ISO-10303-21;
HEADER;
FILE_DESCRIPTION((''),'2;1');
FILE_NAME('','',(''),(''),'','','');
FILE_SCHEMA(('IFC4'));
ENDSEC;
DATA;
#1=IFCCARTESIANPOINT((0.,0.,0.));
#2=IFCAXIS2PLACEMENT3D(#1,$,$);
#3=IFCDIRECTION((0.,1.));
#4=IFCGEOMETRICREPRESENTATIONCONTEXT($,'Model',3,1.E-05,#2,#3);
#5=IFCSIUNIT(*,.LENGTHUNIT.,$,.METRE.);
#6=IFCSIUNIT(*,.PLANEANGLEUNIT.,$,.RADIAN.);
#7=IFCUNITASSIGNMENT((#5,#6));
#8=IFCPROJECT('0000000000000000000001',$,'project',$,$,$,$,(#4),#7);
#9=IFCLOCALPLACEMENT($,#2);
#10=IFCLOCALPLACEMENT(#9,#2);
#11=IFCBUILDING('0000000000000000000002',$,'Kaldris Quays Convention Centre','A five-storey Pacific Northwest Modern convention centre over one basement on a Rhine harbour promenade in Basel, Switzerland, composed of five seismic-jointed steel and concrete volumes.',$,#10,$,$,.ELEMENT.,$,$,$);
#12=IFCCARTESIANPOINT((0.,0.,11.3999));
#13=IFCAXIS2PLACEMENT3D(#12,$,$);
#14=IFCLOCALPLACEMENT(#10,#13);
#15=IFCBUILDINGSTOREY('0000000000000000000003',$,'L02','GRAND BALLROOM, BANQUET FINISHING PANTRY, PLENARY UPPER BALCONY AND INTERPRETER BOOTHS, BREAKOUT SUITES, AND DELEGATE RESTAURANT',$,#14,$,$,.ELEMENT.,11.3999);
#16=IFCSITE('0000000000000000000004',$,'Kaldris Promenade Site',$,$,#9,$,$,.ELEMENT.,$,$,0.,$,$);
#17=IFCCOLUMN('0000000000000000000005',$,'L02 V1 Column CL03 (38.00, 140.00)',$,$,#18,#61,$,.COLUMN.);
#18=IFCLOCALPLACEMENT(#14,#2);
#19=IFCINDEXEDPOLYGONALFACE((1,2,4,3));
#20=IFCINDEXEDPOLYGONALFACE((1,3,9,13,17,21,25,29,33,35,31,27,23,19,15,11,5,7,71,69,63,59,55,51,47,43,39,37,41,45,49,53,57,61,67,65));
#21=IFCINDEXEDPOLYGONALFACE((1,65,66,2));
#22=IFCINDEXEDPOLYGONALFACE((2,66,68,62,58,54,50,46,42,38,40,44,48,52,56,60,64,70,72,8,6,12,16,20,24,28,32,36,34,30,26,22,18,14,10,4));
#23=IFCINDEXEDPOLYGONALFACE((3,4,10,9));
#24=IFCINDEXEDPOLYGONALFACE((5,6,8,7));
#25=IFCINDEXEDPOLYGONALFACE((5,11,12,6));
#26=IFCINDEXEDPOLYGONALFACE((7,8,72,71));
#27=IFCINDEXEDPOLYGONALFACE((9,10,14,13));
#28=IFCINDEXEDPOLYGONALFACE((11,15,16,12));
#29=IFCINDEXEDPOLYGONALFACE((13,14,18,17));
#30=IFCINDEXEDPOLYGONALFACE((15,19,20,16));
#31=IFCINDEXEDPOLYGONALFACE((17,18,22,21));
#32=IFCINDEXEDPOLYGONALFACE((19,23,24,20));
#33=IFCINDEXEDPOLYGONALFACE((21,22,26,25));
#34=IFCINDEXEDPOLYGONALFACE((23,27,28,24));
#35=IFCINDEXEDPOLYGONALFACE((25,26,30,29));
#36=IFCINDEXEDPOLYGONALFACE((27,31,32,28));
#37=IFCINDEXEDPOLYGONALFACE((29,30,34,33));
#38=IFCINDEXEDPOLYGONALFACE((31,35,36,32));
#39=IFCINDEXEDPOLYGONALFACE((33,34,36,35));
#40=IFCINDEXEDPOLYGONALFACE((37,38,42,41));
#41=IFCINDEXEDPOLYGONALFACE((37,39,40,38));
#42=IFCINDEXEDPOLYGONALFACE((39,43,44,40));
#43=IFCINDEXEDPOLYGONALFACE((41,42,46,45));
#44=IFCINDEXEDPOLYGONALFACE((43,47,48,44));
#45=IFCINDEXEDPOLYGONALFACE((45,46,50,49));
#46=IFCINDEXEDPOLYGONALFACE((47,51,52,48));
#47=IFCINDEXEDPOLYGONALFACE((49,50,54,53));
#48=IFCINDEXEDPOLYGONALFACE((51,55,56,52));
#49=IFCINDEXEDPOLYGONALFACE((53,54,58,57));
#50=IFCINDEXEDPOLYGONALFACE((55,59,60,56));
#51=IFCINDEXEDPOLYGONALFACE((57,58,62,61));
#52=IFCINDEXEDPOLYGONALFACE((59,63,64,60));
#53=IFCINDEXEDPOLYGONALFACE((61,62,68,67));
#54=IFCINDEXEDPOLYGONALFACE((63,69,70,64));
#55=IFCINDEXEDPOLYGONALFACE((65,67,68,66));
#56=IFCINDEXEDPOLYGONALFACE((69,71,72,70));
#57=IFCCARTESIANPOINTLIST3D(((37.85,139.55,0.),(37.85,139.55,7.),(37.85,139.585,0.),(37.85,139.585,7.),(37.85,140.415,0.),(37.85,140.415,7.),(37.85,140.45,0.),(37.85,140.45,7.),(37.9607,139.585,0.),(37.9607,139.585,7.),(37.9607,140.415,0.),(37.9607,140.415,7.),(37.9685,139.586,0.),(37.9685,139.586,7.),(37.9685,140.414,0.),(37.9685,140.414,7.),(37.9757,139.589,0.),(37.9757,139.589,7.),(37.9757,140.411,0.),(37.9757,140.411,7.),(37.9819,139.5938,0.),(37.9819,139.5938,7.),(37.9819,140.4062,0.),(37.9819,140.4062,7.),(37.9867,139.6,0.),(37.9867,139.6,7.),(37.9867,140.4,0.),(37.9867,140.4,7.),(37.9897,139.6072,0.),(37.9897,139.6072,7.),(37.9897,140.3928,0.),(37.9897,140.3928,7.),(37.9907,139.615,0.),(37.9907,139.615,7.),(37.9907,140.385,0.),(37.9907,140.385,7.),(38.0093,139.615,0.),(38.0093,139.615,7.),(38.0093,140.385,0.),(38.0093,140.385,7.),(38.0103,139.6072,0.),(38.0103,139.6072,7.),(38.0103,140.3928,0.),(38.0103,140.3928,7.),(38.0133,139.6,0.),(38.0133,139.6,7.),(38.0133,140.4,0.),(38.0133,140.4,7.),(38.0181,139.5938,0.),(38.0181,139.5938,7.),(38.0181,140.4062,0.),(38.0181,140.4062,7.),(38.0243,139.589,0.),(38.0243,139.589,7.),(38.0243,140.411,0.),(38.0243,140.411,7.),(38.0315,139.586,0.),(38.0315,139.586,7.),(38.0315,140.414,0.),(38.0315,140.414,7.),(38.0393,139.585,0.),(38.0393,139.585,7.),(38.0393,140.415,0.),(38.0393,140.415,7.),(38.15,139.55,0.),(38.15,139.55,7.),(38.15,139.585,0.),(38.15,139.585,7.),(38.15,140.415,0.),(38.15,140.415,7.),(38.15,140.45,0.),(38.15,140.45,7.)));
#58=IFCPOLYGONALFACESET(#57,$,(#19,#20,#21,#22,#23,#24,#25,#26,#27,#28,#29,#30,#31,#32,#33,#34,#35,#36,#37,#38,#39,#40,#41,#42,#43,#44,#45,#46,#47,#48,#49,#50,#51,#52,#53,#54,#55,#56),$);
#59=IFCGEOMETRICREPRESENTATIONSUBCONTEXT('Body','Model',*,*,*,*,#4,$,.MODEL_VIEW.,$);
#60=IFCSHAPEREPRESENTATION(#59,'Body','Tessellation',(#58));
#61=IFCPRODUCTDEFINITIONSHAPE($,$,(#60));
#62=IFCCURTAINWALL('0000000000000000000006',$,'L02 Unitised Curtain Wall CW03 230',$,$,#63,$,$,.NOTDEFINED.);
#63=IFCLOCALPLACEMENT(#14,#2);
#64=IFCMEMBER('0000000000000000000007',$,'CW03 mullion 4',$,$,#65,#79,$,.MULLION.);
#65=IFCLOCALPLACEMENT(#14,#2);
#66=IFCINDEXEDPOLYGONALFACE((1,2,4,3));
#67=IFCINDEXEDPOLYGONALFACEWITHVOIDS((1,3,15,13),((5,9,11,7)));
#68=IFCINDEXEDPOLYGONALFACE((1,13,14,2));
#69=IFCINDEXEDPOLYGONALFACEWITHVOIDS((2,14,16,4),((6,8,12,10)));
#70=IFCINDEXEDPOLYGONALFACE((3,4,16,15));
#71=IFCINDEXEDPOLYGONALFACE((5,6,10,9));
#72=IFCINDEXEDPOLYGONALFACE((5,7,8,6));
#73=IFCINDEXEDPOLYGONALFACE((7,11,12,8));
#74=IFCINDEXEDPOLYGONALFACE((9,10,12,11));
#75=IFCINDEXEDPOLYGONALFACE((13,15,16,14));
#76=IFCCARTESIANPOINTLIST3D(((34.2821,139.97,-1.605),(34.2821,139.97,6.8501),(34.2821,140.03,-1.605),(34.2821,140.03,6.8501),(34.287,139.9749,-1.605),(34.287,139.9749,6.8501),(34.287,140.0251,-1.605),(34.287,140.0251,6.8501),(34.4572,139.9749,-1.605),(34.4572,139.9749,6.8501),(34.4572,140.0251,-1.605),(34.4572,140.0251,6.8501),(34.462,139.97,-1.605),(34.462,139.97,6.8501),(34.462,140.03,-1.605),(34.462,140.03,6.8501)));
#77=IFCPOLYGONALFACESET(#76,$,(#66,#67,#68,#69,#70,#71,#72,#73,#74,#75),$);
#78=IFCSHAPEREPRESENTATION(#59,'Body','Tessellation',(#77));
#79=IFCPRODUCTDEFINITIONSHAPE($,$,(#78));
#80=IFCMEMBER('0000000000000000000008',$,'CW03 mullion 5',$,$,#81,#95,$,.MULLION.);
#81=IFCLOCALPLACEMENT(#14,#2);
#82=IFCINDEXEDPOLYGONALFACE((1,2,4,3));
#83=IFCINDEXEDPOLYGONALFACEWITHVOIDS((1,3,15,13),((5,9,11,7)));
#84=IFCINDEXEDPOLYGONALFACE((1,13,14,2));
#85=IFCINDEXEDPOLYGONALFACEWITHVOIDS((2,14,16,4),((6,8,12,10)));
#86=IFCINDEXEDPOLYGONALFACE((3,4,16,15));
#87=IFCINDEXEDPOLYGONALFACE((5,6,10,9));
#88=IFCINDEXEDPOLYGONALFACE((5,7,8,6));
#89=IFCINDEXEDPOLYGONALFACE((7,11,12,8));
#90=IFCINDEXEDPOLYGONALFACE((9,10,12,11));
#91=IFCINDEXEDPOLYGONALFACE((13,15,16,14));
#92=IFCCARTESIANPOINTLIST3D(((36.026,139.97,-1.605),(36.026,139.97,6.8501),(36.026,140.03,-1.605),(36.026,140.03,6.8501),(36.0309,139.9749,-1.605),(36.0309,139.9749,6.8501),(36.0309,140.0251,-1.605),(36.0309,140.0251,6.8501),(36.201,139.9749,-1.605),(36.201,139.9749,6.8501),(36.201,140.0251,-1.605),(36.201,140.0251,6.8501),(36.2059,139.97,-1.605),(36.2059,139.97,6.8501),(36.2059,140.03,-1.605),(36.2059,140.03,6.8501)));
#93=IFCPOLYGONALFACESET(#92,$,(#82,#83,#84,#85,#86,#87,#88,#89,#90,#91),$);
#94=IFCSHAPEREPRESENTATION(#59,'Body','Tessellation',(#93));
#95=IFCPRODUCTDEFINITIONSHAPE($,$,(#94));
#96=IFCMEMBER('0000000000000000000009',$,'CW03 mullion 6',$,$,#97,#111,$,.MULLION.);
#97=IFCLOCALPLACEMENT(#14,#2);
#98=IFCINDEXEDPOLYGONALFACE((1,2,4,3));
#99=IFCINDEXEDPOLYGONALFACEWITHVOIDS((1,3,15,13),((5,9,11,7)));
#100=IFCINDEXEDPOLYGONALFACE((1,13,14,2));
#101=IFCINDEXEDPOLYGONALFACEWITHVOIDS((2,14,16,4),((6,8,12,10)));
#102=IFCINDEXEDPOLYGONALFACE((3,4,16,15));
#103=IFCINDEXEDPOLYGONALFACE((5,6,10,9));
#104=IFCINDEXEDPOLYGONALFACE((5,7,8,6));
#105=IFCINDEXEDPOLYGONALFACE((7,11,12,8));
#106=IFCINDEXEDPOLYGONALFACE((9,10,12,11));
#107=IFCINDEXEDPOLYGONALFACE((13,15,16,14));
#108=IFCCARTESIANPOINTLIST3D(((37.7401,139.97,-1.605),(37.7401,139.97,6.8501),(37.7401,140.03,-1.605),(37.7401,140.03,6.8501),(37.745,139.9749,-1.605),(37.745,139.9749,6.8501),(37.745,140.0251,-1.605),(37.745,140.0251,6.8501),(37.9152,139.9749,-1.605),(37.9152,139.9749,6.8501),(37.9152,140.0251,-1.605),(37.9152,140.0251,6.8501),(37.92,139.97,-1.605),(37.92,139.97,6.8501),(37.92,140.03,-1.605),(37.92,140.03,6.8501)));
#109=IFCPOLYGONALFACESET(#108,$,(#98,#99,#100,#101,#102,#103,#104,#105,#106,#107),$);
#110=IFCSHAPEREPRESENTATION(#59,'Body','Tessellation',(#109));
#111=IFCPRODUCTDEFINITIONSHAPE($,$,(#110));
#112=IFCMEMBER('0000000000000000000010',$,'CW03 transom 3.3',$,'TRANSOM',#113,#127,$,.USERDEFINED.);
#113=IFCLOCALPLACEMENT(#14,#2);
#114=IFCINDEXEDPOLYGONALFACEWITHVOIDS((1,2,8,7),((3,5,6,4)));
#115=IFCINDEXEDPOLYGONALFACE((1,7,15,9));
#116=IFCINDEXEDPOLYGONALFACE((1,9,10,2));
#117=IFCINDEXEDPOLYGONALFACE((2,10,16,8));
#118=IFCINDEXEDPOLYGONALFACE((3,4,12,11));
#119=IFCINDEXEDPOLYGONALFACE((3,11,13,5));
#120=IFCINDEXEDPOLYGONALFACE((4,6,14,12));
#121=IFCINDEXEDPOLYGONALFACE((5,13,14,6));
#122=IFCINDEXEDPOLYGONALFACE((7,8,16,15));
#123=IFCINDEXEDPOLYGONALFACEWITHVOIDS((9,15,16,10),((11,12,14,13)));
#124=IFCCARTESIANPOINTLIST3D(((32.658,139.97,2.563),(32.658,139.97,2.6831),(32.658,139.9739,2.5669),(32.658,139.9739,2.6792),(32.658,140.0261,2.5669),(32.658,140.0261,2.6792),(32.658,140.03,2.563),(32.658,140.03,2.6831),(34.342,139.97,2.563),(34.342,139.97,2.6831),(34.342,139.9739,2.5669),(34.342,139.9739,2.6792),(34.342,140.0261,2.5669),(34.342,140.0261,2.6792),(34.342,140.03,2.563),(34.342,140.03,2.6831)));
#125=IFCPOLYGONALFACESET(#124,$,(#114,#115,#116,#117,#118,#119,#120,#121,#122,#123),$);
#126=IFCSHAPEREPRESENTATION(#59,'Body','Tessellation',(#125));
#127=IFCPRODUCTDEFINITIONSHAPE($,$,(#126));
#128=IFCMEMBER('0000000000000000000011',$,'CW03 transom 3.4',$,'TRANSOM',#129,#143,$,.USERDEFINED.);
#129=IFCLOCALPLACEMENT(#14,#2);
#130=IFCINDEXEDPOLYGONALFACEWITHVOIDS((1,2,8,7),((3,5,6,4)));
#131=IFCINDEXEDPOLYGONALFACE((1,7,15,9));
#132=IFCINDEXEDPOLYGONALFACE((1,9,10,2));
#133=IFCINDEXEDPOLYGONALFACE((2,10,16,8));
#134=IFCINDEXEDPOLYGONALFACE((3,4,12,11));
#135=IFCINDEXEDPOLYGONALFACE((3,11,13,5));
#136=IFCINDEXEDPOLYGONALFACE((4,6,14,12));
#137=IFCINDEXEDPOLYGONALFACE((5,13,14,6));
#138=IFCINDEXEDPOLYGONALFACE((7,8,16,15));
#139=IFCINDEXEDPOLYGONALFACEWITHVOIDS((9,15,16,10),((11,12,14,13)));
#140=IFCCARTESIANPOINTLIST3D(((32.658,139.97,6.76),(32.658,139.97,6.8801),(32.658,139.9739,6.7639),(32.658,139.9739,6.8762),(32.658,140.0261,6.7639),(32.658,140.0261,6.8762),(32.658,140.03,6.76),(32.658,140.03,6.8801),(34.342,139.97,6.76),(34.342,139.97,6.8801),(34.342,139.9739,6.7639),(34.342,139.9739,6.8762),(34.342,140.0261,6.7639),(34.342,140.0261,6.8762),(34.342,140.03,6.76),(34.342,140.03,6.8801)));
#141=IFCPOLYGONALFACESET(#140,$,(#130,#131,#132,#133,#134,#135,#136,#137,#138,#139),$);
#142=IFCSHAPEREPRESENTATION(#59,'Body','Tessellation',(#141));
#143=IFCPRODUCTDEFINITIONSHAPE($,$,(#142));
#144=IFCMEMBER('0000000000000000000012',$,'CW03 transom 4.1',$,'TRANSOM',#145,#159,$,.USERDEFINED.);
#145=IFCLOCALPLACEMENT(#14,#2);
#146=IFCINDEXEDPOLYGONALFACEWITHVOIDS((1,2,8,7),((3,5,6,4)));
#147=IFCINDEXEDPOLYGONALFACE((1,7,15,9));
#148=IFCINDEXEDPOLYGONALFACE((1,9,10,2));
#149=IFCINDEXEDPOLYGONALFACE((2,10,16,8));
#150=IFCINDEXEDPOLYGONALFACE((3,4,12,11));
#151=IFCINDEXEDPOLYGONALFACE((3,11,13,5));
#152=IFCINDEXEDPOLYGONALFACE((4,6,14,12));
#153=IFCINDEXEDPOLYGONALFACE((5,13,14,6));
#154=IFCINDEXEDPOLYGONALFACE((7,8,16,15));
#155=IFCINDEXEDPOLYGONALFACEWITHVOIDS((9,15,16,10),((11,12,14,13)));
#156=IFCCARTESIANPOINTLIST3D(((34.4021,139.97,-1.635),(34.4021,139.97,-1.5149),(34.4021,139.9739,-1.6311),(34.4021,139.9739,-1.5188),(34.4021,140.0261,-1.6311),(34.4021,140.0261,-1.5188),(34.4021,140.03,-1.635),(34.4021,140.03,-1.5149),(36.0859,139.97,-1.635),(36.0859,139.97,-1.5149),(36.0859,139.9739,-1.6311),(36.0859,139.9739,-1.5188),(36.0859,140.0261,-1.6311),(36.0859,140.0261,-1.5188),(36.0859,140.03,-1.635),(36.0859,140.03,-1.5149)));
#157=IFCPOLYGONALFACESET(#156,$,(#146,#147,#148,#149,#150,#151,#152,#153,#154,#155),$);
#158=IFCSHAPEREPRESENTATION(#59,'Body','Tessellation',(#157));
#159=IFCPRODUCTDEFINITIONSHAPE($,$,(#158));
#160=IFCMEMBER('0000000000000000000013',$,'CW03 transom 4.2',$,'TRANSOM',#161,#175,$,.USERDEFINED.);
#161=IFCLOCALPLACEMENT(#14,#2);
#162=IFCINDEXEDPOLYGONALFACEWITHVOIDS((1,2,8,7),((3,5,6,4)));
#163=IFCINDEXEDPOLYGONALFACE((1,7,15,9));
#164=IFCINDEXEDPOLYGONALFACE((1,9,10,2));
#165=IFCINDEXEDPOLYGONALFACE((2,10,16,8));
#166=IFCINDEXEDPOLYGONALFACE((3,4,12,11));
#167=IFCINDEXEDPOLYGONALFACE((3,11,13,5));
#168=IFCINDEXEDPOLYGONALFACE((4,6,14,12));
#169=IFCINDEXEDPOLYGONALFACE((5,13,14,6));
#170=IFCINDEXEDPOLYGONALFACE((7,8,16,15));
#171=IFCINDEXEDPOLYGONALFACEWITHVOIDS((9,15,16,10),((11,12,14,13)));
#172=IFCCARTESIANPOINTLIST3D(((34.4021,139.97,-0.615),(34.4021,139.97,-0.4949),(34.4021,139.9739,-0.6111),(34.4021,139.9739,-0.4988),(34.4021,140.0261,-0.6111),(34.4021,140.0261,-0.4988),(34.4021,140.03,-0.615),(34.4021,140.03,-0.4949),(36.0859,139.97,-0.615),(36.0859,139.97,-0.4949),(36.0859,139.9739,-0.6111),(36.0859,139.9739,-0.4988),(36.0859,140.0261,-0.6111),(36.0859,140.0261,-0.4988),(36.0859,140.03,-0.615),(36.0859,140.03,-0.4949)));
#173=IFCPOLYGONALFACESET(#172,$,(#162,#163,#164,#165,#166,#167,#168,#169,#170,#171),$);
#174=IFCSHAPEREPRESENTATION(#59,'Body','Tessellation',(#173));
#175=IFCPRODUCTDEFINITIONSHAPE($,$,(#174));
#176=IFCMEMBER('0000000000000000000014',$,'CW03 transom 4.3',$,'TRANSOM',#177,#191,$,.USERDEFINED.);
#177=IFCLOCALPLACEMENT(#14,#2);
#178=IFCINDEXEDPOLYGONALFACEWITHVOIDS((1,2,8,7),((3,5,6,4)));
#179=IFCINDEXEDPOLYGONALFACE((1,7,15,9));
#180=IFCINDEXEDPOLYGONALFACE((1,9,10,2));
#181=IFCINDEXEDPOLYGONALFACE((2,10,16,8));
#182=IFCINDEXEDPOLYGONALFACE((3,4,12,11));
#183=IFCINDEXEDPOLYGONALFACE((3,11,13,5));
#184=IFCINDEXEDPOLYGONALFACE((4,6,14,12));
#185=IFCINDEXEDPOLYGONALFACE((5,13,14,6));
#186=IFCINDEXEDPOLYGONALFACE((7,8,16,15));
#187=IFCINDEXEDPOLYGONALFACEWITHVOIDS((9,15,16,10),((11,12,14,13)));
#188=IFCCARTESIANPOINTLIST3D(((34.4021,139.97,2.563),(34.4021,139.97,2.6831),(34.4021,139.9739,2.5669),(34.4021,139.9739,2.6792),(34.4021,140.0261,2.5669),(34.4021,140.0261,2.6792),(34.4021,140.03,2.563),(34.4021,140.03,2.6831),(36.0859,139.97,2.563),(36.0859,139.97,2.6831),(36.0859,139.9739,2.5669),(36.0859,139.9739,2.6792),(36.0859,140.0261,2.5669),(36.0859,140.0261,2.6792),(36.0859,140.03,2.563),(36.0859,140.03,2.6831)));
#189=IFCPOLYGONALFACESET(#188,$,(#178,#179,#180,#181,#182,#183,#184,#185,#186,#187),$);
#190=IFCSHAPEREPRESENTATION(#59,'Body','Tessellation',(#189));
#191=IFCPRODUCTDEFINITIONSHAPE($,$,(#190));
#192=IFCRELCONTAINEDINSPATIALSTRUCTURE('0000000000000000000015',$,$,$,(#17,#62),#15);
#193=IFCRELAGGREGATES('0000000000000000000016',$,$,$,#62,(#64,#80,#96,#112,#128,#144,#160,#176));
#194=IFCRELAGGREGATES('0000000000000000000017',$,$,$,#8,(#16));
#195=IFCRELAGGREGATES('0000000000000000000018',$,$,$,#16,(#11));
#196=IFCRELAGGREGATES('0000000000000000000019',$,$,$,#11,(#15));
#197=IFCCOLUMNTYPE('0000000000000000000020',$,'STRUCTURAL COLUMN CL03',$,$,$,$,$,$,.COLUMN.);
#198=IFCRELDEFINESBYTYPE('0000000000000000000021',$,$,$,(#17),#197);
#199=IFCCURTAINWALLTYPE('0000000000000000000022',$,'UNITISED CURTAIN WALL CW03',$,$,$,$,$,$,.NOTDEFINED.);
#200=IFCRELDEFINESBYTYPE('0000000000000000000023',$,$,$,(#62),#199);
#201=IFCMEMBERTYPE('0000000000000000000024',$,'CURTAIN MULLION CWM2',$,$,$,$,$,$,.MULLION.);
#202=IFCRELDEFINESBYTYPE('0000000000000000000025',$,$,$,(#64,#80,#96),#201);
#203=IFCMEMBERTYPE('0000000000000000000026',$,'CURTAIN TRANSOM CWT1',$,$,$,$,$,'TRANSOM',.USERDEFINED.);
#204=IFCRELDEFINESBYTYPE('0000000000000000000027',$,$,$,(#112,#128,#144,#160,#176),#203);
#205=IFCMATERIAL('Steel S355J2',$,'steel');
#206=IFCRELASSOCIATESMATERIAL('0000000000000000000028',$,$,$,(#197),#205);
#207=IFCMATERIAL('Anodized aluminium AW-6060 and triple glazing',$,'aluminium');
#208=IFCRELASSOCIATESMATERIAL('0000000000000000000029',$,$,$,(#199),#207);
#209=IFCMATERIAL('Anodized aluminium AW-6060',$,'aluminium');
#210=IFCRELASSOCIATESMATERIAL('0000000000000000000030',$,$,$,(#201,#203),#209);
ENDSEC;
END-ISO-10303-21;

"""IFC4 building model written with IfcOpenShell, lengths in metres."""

from ifc_helpers import new_model, si_unit, direction, frame, origin, origin_2d, place, context, subcontext, project, spatial, hollow_rectangle, i_section, extrude, material, material_profile, profile_set, type_object, element, aggregate, save


model = new_model("IFC4")

# Units and contexts
model_context = context("Model", 3, precision=1e-05, world=origin(), true_north=direction((0.0, 1.0)))
body_context = subcontext(model_context, "Body", "Model", "MODEL_VIEW")
ifc_project = project(units=[si_unit("LENGTHUNIT", "METRE"), si_unit("PLANEANGLEUNIT", "RADIAN")], contexts=[model_context])

# Site, building, storey
site_placement = place(None, origin())
site = spatial("IfcSite", under=ifc_project, at=site_placement, Name="Kaldris Promenade Site", CompositionType="ELEMENT", RefElevation=0.0)
building_placement = place(site_placement, origin())
building = spatial("IfcBuilding", under=site, at=building_placement, Name="Kaldris Quays Convention Centre", Description="A five-storey Pacific Northwest Modern convention centre over one basement on a Rhine harbour promenade in Basel, Switzerland, composed of five seismic-jointed steel and concrete volumes.", CompositionType="ELEMENT")
storey_placement = place(building_placement, frame((0.0, 0.0, 11.3999)))
storey = spatial("IfcBuildingStorey", under=building, at=storey_placement, Name="L02", Description="GRAND BALLROOM, BANQUET FINISHING PANTRY, PLENARY UPPER BALCONY AND INTERPRETER BOOTHS, BREAKOUT SUITES, AND DELEGATE RESTAURANT", CompositionType="ELEMENT", Elevation=11.3999)

# Column
ifc_material_1 = material(Name="Steel S355J2", Category="steel")
ifc_material_profile_1 = material_profile(ifc_material_1, i_section(OverallWidth=0.3, OverallDepth=0.8999, WebThickness=0.0186, FlangeThickness=0.0349, FilletRadius=0.03, at=origin_2d()), Name="HEB 900")
ifc_profile_set_1 = profile_set([ifc_material_profile_1], Name="Steel S355J2")
column_type = type_object("IfcColumnType", Name="STRUCTURAL COLUMN CL03", PredefinedType="COLUMN", material=ifc_profile_set_1)
column_placement = place(storey_placement, frame((38.0, 140.0, 0.0), z_axis=(0.0, 0.0, 1.0), x_axis=(1.0, 0.0, 0.0)))
element("IfcColumn", 1, at=column_placement, inside=storey, type_object=column_type, Name="L02 V1 Column CL03 (38.00, 140.00)", PredefinedType="COLUMN", context=body_context, shape_type="SweptSolid", body=[
    extrude(i_section(OverallWidth=0.3, OverallDepth=0.8999, WebThickness=0.0186, FlangeThickness=0.0349, FilletRadius=0.03, at=origin_2d()), origin(), (0.0, 0.0, 1.0), 7.0),
])

# Curtain wall, members
ifc_material_2 = material(Name="Anodized aluminium AW-6060 and triple glazing", Category="aluminium")
curtain_wall_type = type_object("IfcCurtainWallType", Name="UNITISED CURTAIN WALL CW03", PredefinedType="NOTDEFINED", material=ifc_material_2)
curtain_wall_placement = place(storey_placement, origin())
curtain_wall = element("IfcCurtainWall", 2, at=curtain_wall_placement, inside=storey, type_object=curtain_wall_type, Name="L02 Unitised Curtain Wall CW03 230", PredefinedType="NOTDEFINED")
ifc_material_3 = material(Name="Anodized aluminium AW-6060", Category="aluminium")
ifc_material_profile_2 = material_profile(ifc_material_3, hollow_rectangle(XDim=0.0601, YDim=0.1799, WallThickness=0.0049, at=origin_2d()), Name="RHS 180x60x5")
ifc_profile_set_2 = profile_set([ifc_material_profile_2], Name="Anodized aluminium AW-6060")
member_type_1 = type_object("IfcMemberType", Name="CURTAIN MULLION CWM2", PredefinedType="MULLION", material=ifc_profile_set_2)
member_1_placement = place(storey_placement, frame((34.3721, 140.0, -1.605), z_axis=(0.0, 0.0, 1.0), x_axis=(0.0, 1.0, 0.0)))
member_1 = element("IfcMember", 3, at=member_1_placement, type_object=member_type_1, Name="CW03 mullion 4", PredefinedType="MULLION", context=body_context, shape_type="SweptSolid", body=[
    extrude(hollow_rectangle(XDim=0.0601, YDim=0.1799, WallThickness=0.0049, at=origin_2d()), origin(), (0.0, 0.0, 1.0), 8.4551),
])
member_2_placement = place(storey_placement, frame((36.116, 140.0, -1.605), z_axis=(0.0, 0.0, 1.0), x_axis=(0.0, 1.0, 0.0)))
member_2 = element("IfcMember", 4, at=member_2_placement, type_object=member_type_1, Name="CW03 mullion 5", PredefinedType="MULLION", context=body_context, shape_type="SweptSolid", body=[
    extrude(hollow_rectangle(XDim=0.0601, YDim=0.1799, WallThickness=0.0049, at=origin_2d()), origin(), (0.0, 0.0, 1.0), 8.4551),
])
member_3_placement = place(storey_placement, frame((37.8301, 140.0, -1.605), z_axis=(0.0, 0.0, 1.0), x_axis=(0.0, 1.0, 0.0)))
member_3 = element("IfcMember", 5, at=member_3_placement, type_object=member_type_1, Name="CW03 mullion 6", PredefinedType="MULLION", context=body_context, shape_type="SweptSolid", body=[
    extrude(hollow_rectangle(XDim=0.0601, YDim=0.1799, WallThickness=0.0049, at=origin_2d()), origin(), (0.0, 0.0, 1.0), 8.4551),
])
ifc_material_profile_3 = material_profile(ifc_material_3, hollow_rectangle(XDim=0.0601, YDim=0.1201, WallThickness=0.0039, at=origin_2d()), Name="RHS 120x60x4")
ifc_profile_set_3 = profile_set([ifc_material_profile_3], Name="Anodized aluminium AW-6060")
member_type_2 = type_object("IfcMemberType", Name="CURTAIN TRANSOM CWT1", ElementType="TRANSOM", PredefinedType="USERDEFINED", material=ifc_profile_set_3)
member_4_placement = place(storey_placement, frame((32.658, 140.0, 2.623), z_axis=(1.0, 0.0, 0.0), x_axis=(0.0, 1.0, 0.0)))
member_4 = element("IfcMember", 6, at=member_4_placement, type_object=member_type_2, Name="CW03 transom 3.3", ObjectType="TRANSOM", PredefinedType="USERDEFINED", context=body_context, shape_type="SweptSolid", body=[
    extrude(hollow_rectangle(XDim=0.0601, YDim=0.1201, WallThickness=0.0039, at=origin_2d()), origin(), (0.0, 0.0, 1.0), 1.6841),
])
member_5_placement = place(storey_placement, frame((32.658, 140.0, 6.8201), z_axis=(1.0, 0.0, 0.0), x_axis=(0.0, 1.0, 0.0)))
member_5 = element("IfcMember", 7, at=member_5_placement, type_object=member_type_2, Name="CW03 transom 3.4", ObjectType="TRANSOM", PredefinedType="USERDEFINED", context=body_context, shape_type="SweptSolid", body=[
    extrude(hollow_rectangle(XDim=0.0601, YDim=0.1201, WallThickness=0.0039, at=origin_2d()), origin(), (0.0, 0.0, 1.0), 1.6841),
])
member_6_placement = place(storey_placement, frame((34.4021, 140.0, -1.575), z_axis=(1.0, 0.0, 0.0), x_axis=(0.0, 1.0, 0.0)))
member_6 = element("IfcMember", 8, at=member_6_placement, type_object=member_type_2, Name="CW03 transom 4.1", ObjectType="TRANSOM", PredefinedType="USERDEFINED", context=body_context, shape_type="SweptSolid", body=[
    extrude(hollow_rectangle(XDim=0.0601, YDim=0.1201, WallThickness=0.0039, at=origin_2d()), origin(), (0.0, 0.0, 1.0), 1.6838),
])
member_7_placement = place(storey_placement, frame((34.4021, 140.0, -0.5549), z_axis=(1.0, 0.0, 0.0), x_axis=(0.0, 1.0, 0.0)))
member_7 = element("IfcMember", 9, at=member_7_placement, type_object=member_type_2, Name="CW03 transom 4.2", ObjectType="TRANSOM", PredefinedType="USERDEFINED", context=body_context, shape_type="SweptSolid", body=[
    extrude(hollow_rectangle(XDim=0.0601, YDim=0.1201, WallThickness=0.0039, at=origin_2d()), origin(), (0.0, 0.0, 1.0), 1.6838),
])
member_8_placement = place(storey_placement, frame((34.4021, 140.0, 2.623), z_axis=(1.0, 0.0, 0.0), x_axis=(0.0, 1.0, 0.0)))
member_8 = element("IfcMember", 10, at=member_8_placement, type_object=member_type_2, Name="CW03 transom 4.3", ObjectType="TRANSOM", PredefinedType="USERDEFINED", context=body_context, shape_type="SweptSolid", body=[
    extrude(hollow_rectangle(XDim=0.0601, YDim=0.1201, WallThickness=0.0039, at=origin_2d()), origin(), (0.0, 0.0, 1.0), 1.6838),
])

aggregate(curtain_wall, [member_1, member_2, member_3, member_4, member_5, member_6, member_7, member_8])

save(model, "model.ifc")
